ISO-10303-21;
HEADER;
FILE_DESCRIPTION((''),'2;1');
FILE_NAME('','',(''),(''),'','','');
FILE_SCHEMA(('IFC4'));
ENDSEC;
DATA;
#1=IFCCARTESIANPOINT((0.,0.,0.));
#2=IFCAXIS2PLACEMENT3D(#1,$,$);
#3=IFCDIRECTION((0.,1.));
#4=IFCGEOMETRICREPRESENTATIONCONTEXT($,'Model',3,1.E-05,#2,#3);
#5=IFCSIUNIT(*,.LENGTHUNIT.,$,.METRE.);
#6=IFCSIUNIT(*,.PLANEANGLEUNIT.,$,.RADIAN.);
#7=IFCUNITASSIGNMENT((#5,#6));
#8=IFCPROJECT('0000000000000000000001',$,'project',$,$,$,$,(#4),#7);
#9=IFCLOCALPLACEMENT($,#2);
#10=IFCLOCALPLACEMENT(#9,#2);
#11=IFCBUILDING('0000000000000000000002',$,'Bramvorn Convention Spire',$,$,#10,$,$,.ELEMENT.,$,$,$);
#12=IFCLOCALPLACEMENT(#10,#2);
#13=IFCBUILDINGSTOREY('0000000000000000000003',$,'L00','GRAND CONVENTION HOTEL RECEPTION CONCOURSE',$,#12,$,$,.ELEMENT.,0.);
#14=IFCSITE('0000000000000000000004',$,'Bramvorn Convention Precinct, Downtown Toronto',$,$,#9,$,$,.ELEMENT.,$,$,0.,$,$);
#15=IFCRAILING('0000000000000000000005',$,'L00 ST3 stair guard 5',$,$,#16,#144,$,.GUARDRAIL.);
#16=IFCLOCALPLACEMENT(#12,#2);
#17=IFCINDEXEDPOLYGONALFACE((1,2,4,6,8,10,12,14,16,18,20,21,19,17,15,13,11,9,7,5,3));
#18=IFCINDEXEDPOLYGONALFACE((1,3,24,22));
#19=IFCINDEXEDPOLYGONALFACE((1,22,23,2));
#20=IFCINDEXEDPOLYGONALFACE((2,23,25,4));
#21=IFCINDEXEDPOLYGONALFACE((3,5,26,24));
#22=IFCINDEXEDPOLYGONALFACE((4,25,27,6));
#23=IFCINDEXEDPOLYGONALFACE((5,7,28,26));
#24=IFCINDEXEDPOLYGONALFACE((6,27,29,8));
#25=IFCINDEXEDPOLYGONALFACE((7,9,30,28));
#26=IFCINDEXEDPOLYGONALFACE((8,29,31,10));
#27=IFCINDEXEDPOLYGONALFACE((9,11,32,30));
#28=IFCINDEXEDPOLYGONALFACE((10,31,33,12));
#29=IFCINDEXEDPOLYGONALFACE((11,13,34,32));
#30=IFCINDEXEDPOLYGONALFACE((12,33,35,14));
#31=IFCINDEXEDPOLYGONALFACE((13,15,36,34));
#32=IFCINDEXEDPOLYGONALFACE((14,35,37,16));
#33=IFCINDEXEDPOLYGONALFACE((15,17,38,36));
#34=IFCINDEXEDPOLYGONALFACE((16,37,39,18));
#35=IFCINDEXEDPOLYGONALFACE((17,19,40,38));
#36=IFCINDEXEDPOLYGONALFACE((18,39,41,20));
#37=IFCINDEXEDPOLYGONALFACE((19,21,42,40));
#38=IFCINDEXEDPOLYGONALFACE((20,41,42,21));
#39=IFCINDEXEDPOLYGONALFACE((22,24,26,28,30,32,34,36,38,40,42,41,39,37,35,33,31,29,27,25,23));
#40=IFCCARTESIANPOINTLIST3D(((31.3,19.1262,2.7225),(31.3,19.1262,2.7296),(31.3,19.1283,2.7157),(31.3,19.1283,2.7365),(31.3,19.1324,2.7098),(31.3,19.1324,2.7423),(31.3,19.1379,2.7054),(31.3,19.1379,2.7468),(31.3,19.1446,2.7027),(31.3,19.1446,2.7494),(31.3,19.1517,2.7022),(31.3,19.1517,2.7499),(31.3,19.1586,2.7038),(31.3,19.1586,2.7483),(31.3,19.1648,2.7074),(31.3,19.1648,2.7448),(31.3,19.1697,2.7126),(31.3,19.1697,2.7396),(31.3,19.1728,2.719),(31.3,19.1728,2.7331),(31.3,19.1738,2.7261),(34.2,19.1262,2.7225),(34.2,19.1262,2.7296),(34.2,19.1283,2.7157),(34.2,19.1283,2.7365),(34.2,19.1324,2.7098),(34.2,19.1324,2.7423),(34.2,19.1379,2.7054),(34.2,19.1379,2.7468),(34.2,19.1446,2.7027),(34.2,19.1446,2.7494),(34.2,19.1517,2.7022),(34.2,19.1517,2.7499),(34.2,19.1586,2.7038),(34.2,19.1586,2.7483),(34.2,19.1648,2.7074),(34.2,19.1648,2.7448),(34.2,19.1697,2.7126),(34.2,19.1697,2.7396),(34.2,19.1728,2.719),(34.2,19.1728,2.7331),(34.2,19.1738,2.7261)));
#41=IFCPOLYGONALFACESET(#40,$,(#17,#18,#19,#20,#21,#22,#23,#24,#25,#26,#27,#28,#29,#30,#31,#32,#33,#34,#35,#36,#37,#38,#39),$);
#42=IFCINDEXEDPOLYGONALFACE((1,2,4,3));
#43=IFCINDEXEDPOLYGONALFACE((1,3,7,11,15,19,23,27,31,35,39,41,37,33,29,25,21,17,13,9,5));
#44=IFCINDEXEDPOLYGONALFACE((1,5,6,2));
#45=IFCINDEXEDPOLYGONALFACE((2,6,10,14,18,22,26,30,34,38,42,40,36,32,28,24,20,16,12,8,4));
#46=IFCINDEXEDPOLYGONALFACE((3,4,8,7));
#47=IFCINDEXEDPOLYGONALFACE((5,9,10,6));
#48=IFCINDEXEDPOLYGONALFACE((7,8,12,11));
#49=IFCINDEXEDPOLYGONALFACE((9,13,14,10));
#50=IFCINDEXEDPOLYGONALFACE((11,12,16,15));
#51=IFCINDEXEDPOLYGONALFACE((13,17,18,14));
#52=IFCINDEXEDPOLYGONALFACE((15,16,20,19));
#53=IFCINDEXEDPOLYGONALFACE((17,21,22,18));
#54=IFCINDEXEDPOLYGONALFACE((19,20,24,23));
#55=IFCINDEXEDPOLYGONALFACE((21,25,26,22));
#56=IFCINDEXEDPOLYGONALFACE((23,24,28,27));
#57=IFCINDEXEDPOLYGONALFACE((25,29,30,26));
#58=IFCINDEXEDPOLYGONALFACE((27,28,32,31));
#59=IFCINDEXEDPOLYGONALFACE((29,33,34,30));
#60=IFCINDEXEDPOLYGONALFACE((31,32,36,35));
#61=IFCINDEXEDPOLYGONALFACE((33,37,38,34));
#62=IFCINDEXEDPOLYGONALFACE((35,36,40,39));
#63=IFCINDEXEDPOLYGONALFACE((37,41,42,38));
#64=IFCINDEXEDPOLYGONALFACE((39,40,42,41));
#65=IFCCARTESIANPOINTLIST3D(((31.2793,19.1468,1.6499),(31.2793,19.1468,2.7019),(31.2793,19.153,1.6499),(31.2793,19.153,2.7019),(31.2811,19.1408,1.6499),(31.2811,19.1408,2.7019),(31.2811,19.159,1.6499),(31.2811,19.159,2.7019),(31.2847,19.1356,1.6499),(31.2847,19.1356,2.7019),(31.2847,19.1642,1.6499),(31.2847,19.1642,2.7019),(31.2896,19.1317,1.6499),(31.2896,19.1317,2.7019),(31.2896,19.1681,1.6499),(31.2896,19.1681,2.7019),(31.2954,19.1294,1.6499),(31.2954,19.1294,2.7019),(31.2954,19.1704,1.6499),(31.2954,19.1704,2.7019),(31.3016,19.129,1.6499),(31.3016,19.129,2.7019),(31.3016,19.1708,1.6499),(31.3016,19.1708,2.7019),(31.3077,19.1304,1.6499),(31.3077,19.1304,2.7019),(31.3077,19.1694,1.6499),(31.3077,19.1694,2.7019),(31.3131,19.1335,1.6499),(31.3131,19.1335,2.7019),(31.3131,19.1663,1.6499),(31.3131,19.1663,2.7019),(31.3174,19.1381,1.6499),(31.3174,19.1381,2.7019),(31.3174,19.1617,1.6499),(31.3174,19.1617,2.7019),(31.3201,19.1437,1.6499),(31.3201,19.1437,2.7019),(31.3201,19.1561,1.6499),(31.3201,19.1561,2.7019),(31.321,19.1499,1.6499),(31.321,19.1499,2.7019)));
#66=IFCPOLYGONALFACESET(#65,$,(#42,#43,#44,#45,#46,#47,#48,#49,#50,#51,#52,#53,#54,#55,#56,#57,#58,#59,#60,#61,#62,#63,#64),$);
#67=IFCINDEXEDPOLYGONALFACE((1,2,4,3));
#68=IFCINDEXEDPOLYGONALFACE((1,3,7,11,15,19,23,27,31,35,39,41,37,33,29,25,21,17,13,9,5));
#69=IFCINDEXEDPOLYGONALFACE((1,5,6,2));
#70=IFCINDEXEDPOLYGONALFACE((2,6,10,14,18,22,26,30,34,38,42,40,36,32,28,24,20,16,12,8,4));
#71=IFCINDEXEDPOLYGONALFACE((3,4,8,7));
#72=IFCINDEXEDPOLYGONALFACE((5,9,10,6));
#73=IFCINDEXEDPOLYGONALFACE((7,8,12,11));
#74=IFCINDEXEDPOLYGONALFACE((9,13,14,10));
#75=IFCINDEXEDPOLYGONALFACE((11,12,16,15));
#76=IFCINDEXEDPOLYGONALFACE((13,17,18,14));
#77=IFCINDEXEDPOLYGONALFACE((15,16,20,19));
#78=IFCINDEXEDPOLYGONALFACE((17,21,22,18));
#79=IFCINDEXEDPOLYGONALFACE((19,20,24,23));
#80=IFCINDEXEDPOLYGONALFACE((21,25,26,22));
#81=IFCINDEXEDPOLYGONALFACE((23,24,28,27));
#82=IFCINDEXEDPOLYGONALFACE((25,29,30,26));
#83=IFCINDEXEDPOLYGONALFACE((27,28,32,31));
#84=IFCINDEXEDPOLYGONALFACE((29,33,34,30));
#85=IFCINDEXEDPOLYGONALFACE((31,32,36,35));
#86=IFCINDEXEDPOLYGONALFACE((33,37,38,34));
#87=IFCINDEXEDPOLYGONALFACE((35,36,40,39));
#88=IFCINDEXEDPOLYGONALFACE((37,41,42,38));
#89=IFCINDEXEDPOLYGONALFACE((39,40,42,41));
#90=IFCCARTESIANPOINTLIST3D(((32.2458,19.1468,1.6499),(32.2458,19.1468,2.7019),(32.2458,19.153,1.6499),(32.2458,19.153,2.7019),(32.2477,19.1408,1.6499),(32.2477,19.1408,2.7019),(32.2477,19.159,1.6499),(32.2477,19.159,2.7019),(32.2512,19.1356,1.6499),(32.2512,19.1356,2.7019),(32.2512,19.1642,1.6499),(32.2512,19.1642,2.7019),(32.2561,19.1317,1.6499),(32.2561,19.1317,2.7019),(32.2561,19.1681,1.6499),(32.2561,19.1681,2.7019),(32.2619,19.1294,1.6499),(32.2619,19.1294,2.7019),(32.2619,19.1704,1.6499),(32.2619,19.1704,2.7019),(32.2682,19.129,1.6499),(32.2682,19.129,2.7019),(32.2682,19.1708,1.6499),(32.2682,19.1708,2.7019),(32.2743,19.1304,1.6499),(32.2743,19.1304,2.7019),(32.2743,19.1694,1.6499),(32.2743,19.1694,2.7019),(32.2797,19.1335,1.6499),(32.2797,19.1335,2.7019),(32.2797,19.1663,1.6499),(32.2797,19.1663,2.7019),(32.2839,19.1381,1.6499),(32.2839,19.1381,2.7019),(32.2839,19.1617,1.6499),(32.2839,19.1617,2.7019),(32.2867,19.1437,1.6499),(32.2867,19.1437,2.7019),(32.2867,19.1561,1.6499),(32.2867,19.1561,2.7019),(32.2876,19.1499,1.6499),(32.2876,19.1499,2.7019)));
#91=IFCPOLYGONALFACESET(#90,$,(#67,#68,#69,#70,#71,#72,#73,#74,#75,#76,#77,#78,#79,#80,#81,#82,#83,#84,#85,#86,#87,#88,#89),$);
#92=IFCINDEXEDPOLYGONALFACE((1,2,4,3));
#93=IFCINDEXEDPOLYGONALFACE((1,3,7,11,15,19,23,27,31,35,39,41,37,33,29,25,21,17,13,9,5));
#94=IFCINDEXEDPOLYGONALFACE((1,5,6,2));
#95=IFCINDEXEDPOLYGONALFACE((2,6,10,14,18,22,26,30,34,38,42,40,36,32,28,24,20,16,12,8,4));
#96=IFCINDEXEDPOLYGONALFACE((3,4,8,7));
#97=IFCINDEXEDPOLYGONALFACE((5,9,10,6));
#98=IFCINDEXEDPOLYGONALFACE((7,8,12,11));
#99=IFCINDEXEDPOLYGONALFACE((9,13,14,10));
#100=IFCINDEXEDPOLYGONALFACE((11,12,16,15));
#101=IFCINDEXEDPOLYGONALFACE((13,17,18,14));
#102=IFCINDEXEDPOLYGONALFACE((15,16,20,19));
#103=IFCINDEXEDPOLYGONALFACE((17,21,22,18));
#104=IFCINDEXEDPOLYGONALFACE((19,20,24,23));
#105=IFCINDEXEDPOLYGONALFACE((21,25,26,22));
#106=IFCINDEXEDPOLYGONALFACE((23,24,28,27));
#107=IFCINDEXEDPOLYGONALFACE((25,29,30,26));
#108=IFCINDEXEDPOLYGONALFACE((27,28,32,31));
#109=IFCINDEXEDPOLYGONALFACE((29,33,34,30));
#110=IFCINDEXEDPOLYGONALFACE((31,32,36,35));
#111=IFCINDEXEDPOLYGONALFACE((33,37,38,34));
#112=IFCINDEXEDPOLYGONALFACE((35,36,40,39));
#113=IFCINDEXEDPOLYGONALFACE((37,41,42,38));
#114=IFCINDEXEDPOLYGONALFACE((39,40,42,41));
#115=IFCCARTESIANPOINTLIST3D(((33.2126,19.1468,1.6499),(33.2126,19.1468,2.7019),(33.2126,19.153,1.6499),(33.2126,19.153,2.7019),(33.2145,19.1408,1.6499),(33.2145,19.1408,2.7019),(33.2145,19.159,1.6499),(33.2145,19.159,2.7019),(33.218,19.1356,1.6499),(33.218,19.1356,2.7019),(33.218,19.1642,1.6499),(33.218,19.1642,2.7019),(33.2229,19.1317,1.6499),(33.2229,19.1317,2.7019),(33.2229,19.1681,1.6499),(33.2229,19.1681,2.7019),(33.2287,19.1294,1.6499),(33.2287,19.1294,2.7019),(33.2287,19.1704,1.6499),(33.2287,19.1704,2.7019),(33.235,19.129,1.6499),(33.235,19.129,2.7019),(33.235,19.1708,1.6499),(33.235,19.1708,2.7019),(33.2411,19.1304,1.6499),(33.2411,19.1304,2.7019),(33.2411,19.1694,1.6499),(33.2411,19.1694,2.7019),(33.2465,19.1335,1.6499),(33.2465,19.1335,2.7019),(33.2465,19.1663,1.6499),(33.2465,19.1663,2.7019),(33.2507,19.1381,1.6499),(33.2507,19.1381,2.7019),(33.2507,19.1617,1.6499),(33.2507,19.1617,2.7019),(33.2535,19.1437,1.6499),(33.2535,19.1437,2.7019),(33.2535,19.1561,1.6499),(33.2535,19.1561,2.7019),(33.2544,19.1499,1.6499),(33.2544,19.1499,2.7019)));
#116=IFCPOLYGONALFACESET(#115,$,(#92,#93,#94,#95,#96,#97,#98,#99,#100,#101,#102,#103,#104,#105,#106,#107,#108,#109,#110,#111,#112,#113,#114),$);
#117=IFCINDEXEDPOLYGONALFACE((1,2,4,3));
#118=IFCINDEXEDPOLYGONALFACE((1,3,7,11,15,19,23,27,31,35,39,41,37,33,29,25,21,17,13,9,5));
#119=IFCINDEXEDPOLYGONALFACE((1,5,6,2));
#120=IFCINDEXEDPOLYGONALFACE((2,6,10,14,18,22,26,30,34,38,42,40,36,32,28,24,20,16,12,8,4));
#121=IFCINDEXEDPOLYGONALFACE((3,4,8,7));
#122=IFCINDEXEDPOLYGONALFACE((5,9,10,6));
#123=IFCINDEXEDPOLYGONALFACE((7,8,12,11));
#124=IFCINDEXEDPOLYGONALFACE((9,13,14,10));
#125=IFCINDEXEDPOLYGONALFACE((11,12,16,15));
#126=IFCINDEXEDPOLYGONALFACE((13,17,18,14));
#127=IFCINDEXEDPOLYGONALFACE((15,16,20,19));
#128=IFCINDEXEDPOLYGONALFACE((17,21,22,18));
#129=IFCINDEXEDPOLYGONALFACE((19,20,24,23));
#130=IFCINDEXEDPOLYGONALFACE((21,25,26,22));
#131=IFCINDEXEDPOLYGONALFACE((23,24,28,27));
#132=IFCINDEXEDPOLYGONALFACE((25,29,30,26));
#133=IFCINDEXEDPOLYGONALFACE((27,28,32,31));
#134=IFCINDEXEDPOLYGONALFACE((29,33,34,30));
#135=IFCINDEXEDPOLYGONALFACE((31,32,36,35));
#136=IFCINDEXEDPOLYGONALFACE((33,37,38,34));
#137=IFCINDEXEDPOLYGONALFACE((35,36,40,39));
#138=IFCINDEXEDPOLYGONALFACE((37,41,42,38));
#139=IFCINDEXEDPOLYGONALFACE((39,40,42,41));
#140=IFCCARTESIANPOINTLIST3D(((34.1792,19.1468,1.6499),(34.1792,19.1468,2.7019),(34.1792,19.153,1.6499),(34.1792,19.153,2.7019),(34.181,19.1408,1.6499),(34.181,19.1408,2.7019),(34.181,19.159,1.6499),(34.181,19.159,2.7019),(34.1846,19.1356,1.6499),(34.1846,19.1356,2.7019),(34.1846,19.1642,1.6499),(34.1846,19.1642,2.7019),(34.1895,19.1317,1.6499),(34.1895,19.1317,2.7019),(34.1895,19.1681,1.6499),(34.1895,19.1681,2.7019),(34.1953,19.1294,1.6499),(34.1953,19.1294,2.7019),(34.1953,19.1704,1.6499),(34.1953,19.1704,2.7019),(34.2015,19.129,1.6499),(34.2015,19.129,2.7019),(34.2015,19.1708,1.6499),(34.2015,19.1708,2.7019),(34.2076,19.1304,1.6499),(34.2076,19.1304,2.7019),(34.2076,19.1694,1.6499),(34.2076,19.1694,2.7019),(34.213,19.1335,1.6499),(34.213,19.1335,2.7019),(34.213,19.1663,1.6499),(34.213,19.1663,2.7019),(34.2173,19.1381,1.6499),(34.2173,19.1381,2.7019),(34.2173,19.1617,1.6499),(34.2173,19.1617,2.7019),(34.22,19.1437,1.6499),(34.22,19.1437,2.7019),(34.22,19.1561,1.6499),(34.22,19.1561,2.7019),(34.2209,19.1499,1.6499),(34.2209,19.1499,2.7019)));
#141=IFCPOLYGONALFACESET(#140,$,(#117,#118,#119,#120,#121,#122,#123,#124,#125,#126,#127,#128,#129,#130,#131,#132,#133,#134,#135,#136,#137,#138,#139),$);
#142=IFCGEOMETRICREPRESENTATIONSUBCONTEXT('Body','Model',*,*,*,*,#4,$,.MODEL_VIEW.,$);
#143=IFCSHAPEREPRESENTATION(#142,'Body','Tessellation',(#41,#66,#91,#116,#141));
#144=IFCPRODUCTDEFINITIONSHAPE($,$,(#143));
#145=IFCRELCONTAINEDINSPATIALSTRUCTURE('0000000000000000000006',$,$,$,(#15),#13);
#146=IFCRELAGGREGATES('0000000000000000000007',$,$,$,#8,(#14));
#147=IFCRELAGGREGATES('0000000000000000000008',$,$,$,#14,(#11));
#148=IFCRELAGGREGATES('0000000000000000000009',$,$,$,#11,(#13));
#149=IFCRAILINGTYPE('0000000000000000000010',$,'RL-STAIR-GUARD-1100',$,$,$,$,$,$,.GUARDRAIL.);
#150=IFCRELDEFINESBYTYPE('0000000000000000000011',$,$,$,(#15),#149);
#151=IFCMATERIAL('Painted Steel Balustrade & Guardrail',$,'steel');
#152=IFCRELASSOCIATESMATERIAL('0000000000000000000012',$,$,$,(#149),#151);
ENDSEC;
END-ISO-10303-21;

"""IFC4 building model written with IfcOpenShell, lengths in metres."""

from ifc_helpers import new_model, si_unit, direction, frame, origin, origin_2d, place, context, subcontext, project, spatial, circle, extrude, material, type_object, element, save


model = new_model("IFC4")

# Units and contexts
model_context = context("Model", 3, precision=1e-05, world=origin(), true_north=direction((0.0, 1.0)))
body_context = subcontext(model_context, "Body", "Model", "MODEL_VIEW")
ifc_project = project(units=[si_unit("LENGTHUNIT", "METRE"), si_unit("PLANEANGLEUNIT", "RADIAN")], contexts=[model_context])

# Site, building, storey
site_placement = place(None, origin())
site = spatial("IfcSite", under=ifc_project, at=site_placement, Name="Bramvorn Convention Precinct, Downtown Toronto", CompositionType="ELEMENT", RefElevation=0.0)
building_placement = place(site_placement, origin())
building = spatial("IfcBuilding", under=site, at=building_placement, Name="Bramvorn Convention Spire", CompositionType="ELEMENT")
storey_placement = place(building_placement, origin())
storey = spatial("IfcBuildingStorey", under=building, at=storey_placement, Name="L00", Description="GRAND CONVENTION HOTEL RECEPTION CONCOURSE", CompositionType="ELEMENT", Elevation=0.0)

# Railing
ifc_material_1 = material(Name="Painted Steel Balustrade & Guardrail", Category="steel")
railing_type = type_object("IfcRailingType", Name="RL-STAIR-GUARD-1100", PredefinedType="GUARDRAIL", material=ifc_material_1)
for number, where, name in (
    (1, (31.3, 19.1499, 1.6499), "L00 ST3 stair guard 5"),
):
    element("IfcRailing", number, at=place(storey_placement, frame(where)), inside=storey, type_object=railing_type, Name=name, PredefinedType="GUARDRAIL", context=body_context, shape_type="SweptSolid", body=[
        extrude(circle(Radius=0.0239, at=origin_2d()), frame((0.0, 0.0, 1.0762), z_axis=(1.0, 0.0, 0.0), x_axis=(0.0, 1.0, 0.0)), (0.0, 0.0, 1.0), 2.8999),
        extrude(circle(Radius=0.021, at=origin_2d()), origin(), (0.0, 0.0, 1.0), 1.052),
        extrude(circle(Radius=0.021, at=origin_2d()), frame((0.9666, 0.0, 0.0)), (0.0, 0.0, 1.0), 1.052),
        extrude(circle(Radius=0.021, at=origin_2d()), frame((1.9333, 0.0, 0.0)), (0.0, 0.0, 1.0), 1.052),
        extrude(circle(Radius=0.021, at=origin_2d()), frame((2.8999, 0.0, 0.0)), (0.0, 0.0, 1.0), 1.052),
    ])

save(model, "model.ifc")
